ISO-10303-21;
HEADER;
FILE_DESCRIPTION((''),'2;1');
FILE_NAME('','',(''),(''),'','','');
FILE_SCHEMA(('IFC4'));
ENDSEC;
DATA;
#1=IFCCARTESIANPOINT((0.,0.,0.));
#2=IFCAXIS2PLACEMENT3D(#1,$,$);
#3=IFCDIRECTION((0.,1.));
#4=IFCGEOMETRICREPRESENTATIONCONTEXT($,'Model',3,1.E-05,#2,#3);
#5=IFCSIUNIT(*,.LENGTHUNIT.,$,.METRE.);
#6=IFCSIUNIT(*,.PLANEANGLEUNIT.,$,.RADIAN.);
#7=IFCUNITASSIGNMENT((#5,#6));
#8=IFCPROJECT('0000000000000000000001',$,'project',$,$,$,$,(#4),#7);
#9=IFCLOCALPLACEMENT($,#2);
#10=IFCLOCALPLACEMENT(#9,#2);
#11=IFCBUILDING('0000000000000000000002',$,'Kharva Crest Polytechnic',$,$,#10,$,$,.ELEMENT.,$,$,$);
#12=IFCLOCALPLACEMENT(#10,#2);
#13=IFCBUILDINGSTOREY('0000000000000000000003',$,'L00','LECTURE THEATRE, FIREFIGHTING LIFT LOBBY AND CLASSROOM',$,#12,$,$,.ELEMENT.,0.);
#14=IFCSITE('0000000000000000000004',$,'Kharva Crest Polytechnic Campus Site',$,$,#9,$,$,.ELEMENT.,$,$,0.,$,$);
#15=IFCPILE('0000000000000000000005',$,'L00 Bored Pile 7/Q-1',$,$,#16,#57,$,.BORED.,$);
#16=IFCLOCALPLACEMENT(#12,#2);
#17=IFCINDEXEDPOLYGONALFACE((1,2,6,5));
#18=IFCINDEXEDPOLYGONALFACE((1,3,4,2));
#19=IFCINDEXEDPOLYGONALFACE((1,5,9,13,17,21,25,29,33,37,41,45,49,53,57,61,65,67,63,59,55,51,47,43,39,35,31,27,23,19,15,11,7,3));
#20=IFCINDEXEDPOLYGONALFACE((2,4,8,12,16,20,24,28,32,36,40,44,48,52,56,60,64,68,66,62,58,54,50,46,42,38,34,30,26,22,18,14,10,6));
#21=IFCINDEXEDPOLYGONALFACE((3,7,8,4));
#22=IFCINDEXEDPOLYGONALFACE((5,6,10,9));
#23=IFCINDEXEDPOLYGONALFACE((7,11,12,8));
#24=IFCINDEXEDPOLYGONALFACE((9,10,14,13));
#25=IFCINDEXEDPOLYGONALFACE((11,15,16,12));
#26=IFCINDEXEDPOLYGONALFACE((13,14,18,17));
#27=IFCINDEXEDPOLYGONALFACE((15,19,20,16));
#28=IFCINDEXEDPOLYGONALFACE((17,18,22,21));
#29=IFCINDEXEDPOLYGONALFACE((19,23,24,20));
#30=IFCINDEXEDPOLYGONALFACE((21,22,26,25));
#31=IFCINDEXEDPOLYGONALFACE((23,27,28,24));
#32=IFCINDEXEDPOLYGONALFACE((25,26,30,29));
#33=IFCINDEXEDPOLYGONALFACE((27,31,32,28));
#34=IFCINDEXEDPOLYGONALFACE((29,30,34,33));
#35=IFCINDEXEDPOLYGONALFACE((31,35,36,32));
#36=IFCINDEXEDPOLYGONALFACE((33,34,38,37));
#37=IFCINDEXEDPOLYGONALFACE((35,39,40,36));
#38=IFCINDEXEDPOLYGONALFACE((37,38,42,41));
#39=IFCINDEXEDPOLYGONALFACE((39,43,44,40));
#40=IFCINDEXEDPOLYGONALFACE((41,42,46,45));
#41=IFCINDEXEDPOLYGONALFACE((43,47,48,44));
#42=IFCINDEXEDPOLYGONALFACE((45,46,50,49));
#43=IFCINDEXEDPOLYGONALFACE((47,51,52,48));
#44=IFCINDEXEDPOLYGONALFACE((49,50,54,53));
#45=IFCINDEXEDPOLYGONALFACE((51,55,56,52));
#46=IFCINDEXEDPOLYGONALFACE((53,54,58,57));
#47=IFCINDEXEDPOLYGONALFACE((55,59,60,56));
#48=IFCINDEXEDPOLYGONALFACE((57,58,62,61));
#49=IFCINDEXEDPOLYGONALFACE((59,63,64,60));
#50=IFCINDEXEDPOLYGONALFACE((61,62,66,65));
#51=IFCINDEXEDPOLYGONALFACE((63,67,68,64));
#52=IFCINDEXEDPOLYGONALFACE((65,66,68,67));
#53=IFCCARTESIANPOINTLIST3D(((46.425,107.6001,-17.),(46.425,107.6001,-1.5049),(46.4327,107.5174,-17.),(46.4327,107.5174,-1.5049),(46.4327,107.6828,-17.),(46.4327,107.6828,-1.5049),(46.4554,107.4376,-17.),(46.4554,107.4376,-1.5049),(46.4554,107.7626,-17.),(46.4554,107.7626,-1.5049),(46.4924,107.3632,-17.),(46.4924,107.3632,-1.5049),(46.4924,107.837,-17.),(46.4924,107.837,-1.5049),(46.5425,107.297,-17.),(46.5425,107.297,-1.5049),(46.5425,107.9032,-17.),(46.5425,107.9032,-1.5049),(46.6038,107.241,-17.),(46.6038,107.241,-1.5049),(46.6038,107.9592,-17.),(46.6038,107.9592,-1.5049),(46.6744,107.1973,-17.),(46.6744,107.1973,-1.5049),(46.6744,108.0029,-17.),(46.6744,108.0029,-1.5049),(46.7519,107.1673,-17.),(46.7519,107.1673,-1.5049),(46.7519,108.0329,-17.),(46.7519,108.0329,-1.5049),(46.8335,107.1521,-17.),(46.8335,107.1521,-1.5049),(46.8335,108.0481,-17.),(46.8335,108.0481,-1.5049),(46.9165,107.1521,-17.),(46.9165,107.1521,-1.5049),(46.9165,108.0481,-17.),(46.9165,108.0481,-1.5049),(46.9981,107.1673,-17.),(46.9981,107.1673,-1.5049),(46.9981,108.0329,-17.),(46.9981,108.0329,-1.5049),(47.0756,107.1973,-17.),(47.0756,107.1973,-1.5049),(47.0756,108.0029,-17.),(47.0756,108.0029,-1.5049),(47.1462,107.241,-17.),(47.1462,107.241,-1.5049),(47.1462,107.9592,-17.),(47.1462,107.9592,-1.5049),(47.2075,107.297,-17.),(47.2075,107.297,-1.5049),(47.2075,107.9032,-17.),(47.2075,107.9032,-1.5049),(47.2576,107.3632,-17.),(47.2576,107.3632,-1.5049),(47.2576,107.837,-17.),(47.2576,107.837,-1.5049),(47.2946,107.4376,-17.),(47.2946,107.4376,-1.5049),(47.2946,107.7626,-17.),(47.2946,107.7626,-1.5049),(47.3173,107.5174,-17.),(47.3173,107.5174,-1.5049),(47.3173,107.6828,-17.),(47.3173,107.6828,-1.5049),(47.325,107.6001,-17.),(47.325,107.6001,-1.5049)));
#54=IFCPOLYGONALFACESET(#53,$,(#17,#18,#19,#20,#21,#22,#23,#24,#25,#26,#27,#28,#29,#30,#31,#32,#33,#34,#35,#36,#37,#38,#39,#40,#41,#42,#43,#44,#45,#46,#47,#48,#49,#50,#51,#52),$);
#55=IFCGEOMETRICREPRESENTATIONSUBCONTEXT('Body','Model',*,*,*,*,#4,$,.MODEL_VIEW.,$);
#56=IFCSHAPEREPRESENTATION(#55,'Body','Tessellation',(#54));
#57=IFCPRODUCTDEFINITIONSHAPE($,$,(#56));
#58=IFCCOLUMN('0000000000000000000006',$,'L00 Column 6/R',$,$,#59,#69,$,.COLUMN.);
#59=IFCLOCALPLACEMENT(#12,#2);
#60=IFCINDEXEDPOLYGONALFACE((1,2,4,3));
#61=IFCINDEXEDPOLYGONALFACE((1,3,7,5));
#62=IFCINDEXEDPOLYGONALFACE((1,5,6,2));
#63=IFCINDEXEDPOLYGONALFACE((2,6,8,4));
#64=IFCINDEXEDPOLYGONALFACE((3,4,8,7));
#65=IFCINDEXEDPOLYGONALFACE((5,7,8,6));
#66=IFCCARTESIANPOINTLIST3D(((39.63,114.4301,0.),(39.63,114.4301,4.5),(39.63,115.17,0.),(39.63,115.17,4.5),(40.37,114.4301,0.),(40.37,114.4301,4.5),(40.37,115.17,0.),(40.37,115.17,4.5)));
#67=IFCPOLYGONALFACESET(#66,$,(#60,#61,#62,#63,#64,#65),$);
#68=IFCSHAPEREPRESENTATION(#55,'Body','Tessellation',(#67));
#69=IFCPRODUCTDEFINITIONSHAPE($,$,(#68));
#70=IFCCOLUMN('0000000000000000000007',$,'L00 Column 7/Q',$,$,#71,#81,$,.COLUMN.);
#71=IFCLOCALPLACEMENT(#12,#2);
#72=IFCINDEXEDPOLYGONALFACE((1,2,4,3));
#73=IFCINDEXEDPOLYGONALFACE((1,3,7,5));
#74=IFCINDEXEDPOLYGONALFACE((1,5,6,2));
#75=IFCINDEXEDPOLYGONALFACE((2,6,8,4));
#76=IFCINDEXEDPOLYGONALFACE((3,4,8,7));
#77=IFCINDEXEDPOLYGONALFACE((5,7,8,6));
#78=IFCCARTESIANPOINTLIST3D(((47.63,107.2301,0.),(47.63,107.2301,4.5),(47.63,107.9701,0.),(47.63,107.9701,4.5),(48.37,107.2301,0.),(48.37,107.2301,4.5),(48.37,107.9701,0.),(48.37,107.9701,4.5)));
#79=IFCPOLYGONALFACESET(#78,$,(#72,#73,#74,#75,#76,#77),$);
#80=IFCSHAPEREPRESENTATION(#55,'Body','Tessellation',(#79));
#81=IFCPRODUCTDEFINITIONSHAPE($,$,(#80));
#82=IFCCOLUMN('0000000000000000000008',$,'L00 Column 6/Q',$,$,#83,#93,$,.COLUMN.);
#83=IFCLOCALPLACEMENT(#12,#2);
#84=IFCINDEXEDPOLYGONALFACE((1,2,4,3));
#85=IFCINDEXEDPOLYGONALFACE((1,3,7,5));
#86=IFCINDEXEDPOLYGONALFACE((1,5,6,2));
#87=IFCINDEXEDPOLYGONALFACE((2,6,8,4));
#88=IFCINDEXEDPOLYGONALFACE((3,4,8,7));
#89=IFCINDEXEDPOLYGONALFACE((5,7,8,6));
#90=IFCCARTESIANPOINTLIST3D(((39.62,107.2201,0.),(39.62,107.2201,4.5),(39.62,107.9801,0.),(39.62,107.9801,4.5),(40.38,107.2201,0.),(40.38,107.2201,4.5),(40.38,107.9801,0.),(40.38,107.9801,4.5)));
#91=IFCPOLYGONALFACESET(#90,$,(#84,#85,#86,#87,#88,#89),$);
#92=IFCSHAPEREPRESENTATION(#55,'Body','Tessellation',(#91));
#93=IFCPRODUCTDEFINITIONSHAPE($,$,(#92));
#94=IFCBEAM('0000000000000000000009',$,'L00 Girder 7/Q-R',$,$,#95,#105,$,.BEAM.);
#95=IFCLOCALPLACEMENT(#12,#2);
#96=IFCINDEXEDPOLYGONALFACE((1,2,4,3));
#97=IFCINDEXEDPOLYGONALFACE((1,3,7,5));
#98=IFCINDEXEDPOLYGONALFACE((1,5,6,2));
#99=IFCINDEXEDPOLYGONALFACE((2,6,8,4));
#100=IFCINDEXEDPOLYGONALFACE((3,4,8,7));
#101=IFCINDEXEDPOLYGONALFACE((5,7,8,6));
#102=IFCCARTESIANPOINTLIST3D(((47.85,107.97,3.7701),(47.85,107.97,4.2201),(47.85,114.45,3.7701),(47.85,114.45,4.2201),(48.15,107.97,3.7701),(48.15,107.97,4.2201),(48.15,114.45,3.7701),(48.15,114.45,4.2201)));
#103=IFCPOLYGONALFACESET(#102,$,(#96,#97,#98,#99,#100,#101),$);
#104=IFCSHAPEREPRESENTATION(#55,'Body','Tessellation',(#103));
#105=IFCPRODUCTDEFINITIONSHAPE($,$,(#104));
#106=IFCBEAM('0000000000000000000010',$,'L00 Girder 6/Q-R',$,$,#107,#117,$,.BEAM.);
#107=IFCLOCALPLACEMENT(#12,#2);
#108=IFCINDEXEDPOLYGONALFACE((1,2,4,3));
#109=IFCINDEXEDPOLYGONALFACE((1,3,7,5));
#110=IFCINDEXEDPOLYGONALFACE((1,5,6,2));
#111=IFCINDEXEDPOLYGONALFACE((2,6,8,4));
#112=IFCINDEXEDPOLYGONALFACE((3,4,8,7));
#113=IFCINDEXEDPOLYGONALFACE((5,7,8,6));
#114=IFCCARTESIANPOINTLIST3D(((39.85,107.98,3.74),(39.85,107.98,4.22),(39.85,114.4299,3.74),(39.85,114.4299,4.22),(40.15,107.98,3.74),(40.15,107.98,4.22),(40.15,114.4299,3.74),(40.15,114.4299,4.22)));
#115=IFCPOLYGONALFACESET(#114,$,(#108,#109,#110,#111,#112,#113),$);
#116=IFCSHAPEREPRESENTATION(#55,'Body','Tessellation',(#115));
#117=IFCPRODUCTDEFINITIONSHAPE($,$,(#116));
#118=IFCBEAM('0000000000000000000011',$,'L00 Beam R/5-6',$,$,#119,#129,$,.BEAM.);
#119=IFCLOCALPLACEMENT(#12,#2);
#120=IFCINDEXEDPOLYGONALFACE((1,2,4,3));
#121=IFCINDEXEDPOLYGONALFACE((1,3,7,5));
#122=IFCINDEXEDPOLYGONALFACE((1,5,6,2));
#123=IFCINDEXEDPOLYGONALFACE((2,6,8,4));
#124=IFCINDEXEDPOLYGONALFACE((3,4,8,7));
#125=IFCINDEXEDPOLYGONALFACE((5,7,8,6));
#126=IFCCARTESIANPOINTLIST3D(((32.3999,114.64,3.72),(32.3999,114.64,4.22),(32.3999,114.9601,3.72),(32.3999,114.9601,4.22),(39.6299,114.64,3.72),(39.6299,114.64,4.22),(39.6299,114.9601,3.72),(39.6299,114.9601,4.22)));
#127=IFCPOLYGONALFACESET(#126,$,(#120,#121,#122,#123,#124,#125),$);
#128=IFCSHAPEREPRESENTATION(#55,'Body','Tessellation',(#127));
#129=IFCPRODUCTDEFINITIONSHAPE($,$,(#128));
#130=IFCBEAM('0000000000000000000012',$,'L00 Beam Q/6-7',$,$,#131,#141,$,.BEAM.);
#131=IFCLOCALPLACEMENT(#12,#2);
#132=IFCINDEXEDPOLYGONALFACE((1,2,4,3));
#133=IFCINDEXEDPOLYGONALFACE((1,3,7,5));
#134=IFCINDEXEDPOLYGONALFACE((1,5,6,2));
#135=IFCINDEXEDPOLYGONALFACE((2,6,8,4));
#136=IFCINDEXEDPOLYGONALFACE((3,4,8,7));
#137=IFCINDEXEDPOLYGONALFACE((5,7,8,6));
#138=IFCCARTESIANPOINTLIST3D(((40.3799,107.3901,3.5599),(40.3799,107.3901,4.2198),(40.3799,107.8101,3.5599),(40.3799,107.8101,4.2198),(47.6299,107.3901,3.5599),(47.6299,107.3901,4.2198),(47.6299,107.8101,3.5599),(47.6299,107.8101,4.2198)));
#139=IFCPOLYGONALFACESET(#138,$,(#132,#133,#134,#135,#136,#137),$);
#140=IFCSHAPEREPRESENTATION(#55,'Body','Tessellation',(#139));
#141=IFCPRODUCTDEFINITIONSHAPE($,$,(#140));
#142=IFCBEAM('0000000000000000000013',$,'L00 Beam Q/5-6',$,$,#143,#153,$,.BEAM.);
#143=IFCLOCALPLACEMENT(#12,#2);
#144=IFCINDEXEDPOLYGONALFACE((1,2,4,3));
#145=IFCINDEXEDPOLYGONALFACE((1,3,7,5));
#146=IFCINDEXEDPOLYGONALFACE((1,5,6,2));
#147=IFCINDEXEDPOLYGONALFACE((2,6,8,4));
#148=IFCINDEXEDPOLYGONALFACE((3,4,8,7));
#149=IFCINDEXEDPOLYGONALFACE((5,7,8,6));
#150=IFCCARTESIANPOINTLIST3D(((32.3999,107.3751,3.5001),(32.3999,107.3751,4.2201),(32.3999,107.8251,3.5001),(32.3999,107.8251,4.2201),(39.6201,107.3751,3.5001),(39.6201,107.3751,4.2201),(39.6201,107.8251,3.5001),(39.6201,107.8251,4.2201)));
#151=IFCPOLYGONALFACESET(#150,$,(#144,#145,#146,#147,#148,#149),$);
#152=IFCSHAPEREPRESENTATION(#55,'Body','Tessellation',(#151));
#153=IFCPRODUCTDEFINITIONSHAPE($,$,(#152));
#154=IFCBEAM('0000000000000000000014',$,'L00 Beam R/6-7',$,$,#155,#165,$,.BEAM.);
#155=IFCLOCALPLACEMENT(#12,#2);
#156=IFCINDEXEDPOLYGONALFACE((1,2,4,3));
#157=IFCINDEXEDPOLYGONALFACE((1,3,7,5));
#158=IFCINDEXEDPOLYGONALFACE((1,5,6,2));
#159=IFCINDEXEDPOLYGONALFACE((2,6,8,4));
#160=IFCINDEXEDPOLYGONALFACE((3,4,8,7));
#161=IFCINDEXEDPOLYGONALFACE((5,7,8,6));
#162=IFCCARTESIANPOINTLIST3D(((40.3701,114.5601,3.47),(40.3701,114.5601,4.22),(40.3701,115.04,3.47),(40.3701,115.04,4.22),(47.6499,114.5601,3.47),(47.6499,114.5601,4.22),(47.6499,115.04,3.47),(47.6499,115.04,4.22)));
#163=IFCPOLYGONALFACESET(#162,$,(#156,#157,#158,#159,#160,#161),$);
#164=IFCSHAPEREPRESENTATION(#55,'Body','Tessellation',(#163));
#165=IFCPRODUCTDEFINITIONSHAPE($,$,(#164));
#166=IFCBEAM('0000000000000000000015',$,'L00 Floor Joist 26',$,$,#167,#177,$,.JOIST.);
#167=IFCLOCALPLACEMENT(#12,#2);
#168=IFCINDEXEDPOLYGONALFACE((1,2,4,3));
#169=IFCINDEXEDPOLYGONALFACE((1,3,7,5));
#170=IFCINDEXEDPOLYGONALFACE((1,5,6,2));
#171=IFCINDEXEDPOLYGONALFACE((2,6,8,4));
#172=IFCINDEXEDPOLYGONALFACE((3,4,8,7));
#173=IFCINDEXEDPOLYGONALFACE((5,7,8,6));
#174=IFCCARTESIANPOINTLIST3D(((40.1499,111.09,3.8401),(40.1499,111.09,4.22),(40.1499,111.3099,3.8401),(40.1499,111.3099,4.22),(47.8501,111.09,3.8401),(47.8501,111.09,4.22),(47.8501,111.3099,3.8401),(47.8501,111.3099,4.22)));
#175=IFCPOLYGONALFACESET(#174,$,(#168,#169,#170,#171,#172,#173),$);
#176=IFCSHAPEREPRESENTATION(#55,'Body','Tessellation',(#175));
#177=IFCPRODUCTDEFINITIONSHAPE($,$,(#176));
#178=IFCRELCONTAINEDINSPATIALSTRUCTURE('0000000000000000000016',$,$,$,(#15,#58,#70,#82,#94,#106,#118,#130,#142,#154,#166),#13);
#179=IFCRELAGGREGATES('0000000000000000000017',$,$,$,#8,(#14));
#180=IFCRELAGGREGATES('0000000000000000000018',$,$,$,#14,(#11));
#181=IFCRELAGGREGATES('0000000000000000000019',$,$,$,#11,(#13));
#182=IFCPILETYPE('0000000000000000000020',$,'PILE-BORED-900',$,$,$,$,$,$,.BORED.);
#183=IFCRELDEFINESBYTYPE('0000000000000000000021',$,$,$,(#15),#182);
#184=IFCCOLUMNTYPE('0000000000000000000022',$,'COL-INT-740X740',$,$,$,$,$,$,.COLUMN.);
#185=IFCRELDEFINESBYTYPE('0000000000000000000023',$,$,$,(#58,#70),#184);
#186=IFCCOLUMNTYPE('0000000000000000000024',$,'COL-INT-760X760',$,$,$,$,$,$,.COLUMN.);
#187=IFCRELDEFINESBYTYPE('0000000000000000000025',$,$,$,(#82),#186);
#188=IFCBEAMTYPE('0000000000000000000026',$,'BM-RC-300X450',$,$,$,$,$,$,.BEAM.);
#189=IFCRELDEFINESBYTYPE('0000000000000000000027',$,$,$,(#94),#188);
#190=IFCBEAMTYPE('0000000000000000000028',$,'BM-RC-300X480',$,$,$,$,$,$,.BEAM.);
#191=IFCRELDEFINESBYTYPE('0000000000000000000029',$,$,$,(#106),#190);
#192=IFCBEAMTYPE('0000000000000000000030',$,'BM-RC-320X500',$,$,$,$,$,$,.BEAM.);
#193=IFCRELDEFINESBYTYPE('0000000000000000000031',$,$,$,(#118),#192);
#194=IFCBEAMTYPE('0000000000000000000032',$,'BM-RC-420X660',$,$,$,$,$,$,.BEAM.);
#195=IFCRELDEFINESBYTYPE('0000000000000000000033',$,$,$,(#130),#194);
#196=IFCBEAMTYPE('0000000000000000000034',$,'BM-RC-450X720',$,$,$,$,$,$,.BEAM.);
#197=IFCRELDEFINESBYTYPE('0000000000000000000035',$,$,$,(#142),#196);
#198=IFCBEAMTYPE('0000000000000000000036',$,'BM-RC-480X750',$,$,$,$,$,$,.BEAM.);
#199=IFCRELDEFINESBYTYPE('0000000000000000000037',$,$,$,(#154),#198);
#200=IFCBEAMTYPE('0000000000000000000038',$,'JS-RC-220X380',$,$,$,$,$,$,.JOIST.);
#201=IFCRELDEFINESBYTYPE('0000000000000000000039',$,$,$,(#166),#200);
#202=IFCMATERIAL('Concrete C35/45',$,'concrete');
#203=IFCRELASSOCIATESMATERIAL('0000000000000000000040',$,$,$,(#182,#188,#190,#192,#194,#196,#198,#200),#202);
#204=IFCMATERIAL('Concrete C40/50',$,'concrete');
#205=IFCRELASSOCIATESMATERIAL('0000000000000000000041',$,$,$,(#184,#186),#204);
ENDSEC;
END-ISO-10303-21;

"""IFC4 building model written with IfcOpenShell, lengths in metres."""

from ifc_helpers import new_model, si_unit, direction, frame, origin, origin_2d, place, context, subcontext, project, spatial, rectangle, circle, extrude, material, material_profile, profile_set, type_object, element, save


model = new_model("IFC4")

# Units and contexts
model_context = context("Model", 3, precision=1e-05, world=origin(), true_north=direction((0.0, 1.0)))
body_context = subcontext(model_context, "Body", "Model", "MODEL_VIEW")
ifc_project = project(units=[si_unit("LENGTHUNIT", "METRE"), si_unit("PLANEANGLEUNIT", "RADIAN")], contexts=[model_context])

# Site, building, storey
site_placement = place(None, origin())
site = spatial("IfcSite", under=ifc_project, at=site_placement, Name="Kharva Crest Polytechnic Campus Site", CompositionType="ELEMENT", RefElevation=0.0)
building_placement = place(site_placement, origin())
building = spatial("IfcBuilding", under=site, at=building_placement, Name="Kharva Crest Polytechnic", CompositionType="ELEMENT")
storey_placement = place(building_placement, origin())
storey = spatial("IfcBuildingStorey", under=building, at=storey_placement, Name="L00", Description="LECTURE THEATRE, FIREFIGHTING LIFT LOBBY AND CLASSROOM", CompositionType="ELEMENT", Elevation=0.0)

# Shared definitions
ifc_material_1 = material(Name="Concrete C35/45", Category="concrete")

# Pile
ifc_material_profile_1 = material_profile(ifc_material_1, circle(Radius=0.45, at=origin_2d()), Name="DIA 900")
ifc_profile_set_1 = profile_set([ifc_material_profile_1], Name="Concrete C35/45")
pile_type_1 = type_object("IfcPileType", Name="PILE-BORED-900", PredefinedType="BORED", material=ifc_profile_set_1)
for number, where, z_axis, x_axis, name in (
    (1, (46.875, 107.6001, -1.5049), (0.0, 0.0, -1.0), (1.0, 0.0, 0.0), "L00 Bored Pile 7/Q-1"),
):
    element("IfcPile", number, at=place(storey_placement, frame(where, z_axis=z_axis, x_axis=x_axis)), inside=storey, type_object=pile_type_1, Name=name, PredefinedType="BORED", context=body_context, shape_type="SweptSolid", body=[
        extrude(circle(Radius=0.45, at=origin_2d()), origin(), (0.0, 0.0, 1.0), 15.4951),
    ])

# Columns
ifc_material_2 = material(Name="Concrete C40/50", Category="concrete")
ifc_material_profile_2 = material_profile(ifc_material_2, rectangle(XDim=0.74, YDim=0.74, at=origin_2d()), Name="RECT 740 X 740")
ifc_profile_set_2 = profile_set([ifc_material_profile_2], Name="Concrete C40/50")
column_type_1 = type_object("IfcColumnType", Name="COL-INT-740X740", PredefinedType="COLUMN", material=ifc_profile_set_2)
for number, where, z_axis, x_axis, name in (
    (2, (40.0, 114.8, 0.0), (0.0, 0.0, 1.0), (1.0, 0.0, 0.0), "L00 Column 6/R"),
    (3, (48.0, 107.6001, 0.0), (0.0, 0.0, 1.0), (1.0, 0.0, 0.0), "L00 Column 7/Q"),
):
    element("IfcColumn", number, at=place(storey_placement, frame(where, z_axis=z_axis, x_axis=x_axis)), inside=storey, type_object=column_type_1, Name=name, PredefinedType="COLUMN", context=body_context, shape_type="SweptSolid", body=[
        extrude(rectangle(XDim=0.74, YDim=0.74, at=origin_2d()), origin(), (0.0, 0.0, 1.0), 4.5),
    ])
ifc_material_profile_3 = material_profile(ifc_material_2, rectangle(XDim=0.76, YDim=0.76, at=origin_2d()), Name="RECT 760 X 760")
ifc_profile_set_3 = profile_set([ifc_material_profile_3], Name="Concrete C40/50")
column_type_2 = type_object("IfcColumnType", Name="COL-INT-760X760", PredefinedType="COLUMN", material=ifc_profile_set_3)
column_placement = place(storey_placement, frame((40.0, 107.6001, 0.0), z_axis=(0.0, 0.0, 1.0), x_axis=(1.0, 0.0, 0.0)))
element("IfcColumn", 4, at=column_placement, inside=storey, type_object=column_type_2, Name="L00 Column 6/Q", PredefinedType="COLUMN", context=body_context, shape_type="SweptSolid", body=[
    extrude(rectangle(XDim=0.76, YDim=0.76, at=origin_2d()), origin(), (0.0, 0.0, 1.0), 4.5),
])

# Beams
ifc_material_profile_4 = material_profile(ifc_material_1, rectangle(XDim=0.3, YDim=0.45, at=origin_2d()), Name="RECT 300 X 450")
ifc_profile_set_4 = profile_set([ifc_material_profile_4], Name="Concrete C35/45")
beam_type_1 = type_object("IfcBeamType", Name="BM-RC-300X450", PredefinedType="BEAM", material=ifc_profile_set_4)
beam_1_placement = place(storey_placement, frame((48.0, 107.97, 3.9951), z_axis=(0.0, 1.0, 0.0), x_axis=(-1.0, 0.0, 0.0)))
element("IfcBeam", 5, at=beam_1_placement, inside=storey, type_object=beam_type_1, Name="L00 Girder 7/Q-R", PredefinedType="BEAM", context=body_context, shape_type="SweptSolid", body=[
    extrude(rectangle(XDim=0.3, YDim=0.45, at=origin_2d()), origin(), (0.0, 0.0, 1.0), 6.48),
])
ifc_material_profile_5 = material_profile(ifc_material_1, rectangle(XDim=0.3, YDim=0.48, at=origin_2d()), Name="RECT 300 X 480")
ifc_profile_set_5 = profile_set([ifc_material_profile_5], Name="Concrete C35/45")
beam_type_2 = type_object("IfcBeamType", Name="BM-RC-300X480", PredefinedType="BEAM", material=ifc_profile_set_5)
beam_2_placement = place(storey_placement, frame((40.0, 107.98, 3.98), z_axis=(0.0, 1.0, 0.0), x_axis=(-1.0, 0.0, 0.0)))
element("IfcBeam", 6, at=beam_2_placement, inside=storey, type_object=beam_type_2, Name="L00 Girder 6/Q-R", PredefinedType="BEAM", context=body_context, shape_type="SweptSolid", body=[
    extrude(rectangle(XDim=0.3, YDim=0.48, at=origin_2d()), origin(), (0.0, 0.0, 1.0), 6.45),
])
ifc_material_profile_6 = material_profile(ifc_material_1, rectangle(XDim=0.3201, YDim=0.5, at=origin_2d()), Name="RECT 320 X 500")
ifc_profile_set_6 = profile_set([ifc_material_profile_6], Name="Concrete C35/45")
beam_type_3 = type_object("IfcBeamType", Name="BM-RC-320X500", PredefinedType="BEAM", material=ifc_profile_set_6)
beam_3_placement = place(storey_placement, frame((32.3999, 114.8, 3.97), z_axis=(1.0, 0.0, 0.0), x_axis=(0.0, 1.0, 0.0)))
element("IfcBeam", 7, at=beam_3_placement, inside=storey, type_object=beam_type_3, Name="L00 Beam R/5-6", PredefinedType="BEAM", context=body_context, shape_type="SweptSolid", body=[
    extrude(rectangle(XDim=0.3201, YDim=0.5, at=origin_2d()), origin(), (0.0, 0.0, 1.0), 7.23),
])
ifc_material_profile_7 = material_profile(ifc_material_1, rectangle(XDim=0.4199, YDim=0.6599, at=origin_2d()), Name="RECT 420 X 660")
ifc_profile_set_7 = profile_set([ifc_material_profile_7], Name="Concrete C35/45")
beam_type_4 = type_object("IfcBeamType", Name="BM-RC-420X660", PredefinedType="BEAM", material=ifc_profile_set_7)
beam_4_placement = place(storey_placement, frame((40.3799, 107.6001, 3.8899), z_axis=(1.0, 0.0, 0.0), x_axis=(0.0, 1.0, 0.0)))
element("IfcBeam", 8, at=beam_4_placement, inside=storey, type_object=beam_type_4, Name="L00 Beam Q/6-7", PredefinedType="BEAM", context=body_context, shape_type="SweptSolid", body=[
    extrude(rectangle(XDim=0.4199, YDim=0.6599, at=origin_2d()), origin(), (0.0, 0.0, 1.0), 7.25),
])
ifc_material_profile_8 = material_profile(ifc_material_1, rectangle(XDim=0.45, YDim=0.72, at=origin_2d()), Name="RECT 450 X 720")
ifc_profile_set_8 = profile_set([ifc_material_profile_8], Name="Concrete C35/45")
beam_type_5 = type_object("IfcBeamType", Name="BM-RC-450X720", PredefinedType="BEAM", material=ifc_profile_set_8)
beam_5_placement = place(storey_placement, frame((32.3999, 107.6001, 3.8601), z_axis=(1.0, 0.0, 0.0), x_axis=(0.0, 1.0, 0.0)))
element("IfcBeam", 9, at=beam_5_placement, inside=storey, type_object=beam_type_5, Name="L00 Beam Q/5-6", PredefinedType="BEAM", context=body_context, shape_type="SweptSolid", body=[
    extrude(rectangle(XDim=0.45, YDim=0.72, at=origin_2d()), origin(), (0.0, 0.0, 1.0), 7.2202),
])
ifc_material_profile_9 = material_profile(ifc_material_1, rectangle(XDim=0.48, YDim=0.75, at=origin_2d()), Name="RECT 480 X 750")
ifc_profile_set_9 = profile_set([ifc_material_profile_9], Name="Concrete C35/45")
beam_type_6 = type_object("IfcBeamType", Name="BM-RC-480X750", PredefinedType="BEAM", material=ifc_profile_set_9)
beam_6_placement = place(storey_placement, frame((40.3701, 114.8, 3.845), z_axis=(1.0, 0.0, 0.0), x_axis=(0.0, 1.0, 0.0)))
element("IfcBeam", 10, at=beam_6_placement, inside=storey, type_object=beam_type_6, Name="L00 Beam R/6-7", PredefinedType="BEAM", context=body_context, shape_type="SweptSolid", body=[
    extrude(rectangle(XDim=0.48, YDim=0.75, at=origin_2d()), origin(), (0.0, 0.0, 1.0), 7.2798),
])
ifc_material_profile_10 = material_profile(ifc_material_1, rectangle(XDim=0.22, YDim=0.3799, at=origin_2d()), Name="RECT 220 X 380")
ifc_profile_set_10 = profile_set([ifc_material_profile_10], Name="Concrete C35/45")
beam_type_7 = type_object("IfcBeamType", Name="JS-RC-220X380", PredefinedType="JOIST", material=ifc_profile_set_10)
beam_7_placement = place(storey_placement, frame((40.1499, 111.2, 4.03), z_axis=(1.0, 0.0, 0.0), x_axis=(0.0, 1.0, 0.0)))
element("IfcBeam", 11, at=beam_7_placement, inside=storey, type_object=beam_type_7, Name="L00 Floor Joist 26", PredefinedType="JOIST", context=body_context, shape_type="SweptSolid", body=[
    extrude(rectangle(XDim=0.22, YDim=0.3799, at=origin_2d()), origin(), (0.0, 0.0, 1.0), 7.7002),
])

save(model, "model.ifc")
